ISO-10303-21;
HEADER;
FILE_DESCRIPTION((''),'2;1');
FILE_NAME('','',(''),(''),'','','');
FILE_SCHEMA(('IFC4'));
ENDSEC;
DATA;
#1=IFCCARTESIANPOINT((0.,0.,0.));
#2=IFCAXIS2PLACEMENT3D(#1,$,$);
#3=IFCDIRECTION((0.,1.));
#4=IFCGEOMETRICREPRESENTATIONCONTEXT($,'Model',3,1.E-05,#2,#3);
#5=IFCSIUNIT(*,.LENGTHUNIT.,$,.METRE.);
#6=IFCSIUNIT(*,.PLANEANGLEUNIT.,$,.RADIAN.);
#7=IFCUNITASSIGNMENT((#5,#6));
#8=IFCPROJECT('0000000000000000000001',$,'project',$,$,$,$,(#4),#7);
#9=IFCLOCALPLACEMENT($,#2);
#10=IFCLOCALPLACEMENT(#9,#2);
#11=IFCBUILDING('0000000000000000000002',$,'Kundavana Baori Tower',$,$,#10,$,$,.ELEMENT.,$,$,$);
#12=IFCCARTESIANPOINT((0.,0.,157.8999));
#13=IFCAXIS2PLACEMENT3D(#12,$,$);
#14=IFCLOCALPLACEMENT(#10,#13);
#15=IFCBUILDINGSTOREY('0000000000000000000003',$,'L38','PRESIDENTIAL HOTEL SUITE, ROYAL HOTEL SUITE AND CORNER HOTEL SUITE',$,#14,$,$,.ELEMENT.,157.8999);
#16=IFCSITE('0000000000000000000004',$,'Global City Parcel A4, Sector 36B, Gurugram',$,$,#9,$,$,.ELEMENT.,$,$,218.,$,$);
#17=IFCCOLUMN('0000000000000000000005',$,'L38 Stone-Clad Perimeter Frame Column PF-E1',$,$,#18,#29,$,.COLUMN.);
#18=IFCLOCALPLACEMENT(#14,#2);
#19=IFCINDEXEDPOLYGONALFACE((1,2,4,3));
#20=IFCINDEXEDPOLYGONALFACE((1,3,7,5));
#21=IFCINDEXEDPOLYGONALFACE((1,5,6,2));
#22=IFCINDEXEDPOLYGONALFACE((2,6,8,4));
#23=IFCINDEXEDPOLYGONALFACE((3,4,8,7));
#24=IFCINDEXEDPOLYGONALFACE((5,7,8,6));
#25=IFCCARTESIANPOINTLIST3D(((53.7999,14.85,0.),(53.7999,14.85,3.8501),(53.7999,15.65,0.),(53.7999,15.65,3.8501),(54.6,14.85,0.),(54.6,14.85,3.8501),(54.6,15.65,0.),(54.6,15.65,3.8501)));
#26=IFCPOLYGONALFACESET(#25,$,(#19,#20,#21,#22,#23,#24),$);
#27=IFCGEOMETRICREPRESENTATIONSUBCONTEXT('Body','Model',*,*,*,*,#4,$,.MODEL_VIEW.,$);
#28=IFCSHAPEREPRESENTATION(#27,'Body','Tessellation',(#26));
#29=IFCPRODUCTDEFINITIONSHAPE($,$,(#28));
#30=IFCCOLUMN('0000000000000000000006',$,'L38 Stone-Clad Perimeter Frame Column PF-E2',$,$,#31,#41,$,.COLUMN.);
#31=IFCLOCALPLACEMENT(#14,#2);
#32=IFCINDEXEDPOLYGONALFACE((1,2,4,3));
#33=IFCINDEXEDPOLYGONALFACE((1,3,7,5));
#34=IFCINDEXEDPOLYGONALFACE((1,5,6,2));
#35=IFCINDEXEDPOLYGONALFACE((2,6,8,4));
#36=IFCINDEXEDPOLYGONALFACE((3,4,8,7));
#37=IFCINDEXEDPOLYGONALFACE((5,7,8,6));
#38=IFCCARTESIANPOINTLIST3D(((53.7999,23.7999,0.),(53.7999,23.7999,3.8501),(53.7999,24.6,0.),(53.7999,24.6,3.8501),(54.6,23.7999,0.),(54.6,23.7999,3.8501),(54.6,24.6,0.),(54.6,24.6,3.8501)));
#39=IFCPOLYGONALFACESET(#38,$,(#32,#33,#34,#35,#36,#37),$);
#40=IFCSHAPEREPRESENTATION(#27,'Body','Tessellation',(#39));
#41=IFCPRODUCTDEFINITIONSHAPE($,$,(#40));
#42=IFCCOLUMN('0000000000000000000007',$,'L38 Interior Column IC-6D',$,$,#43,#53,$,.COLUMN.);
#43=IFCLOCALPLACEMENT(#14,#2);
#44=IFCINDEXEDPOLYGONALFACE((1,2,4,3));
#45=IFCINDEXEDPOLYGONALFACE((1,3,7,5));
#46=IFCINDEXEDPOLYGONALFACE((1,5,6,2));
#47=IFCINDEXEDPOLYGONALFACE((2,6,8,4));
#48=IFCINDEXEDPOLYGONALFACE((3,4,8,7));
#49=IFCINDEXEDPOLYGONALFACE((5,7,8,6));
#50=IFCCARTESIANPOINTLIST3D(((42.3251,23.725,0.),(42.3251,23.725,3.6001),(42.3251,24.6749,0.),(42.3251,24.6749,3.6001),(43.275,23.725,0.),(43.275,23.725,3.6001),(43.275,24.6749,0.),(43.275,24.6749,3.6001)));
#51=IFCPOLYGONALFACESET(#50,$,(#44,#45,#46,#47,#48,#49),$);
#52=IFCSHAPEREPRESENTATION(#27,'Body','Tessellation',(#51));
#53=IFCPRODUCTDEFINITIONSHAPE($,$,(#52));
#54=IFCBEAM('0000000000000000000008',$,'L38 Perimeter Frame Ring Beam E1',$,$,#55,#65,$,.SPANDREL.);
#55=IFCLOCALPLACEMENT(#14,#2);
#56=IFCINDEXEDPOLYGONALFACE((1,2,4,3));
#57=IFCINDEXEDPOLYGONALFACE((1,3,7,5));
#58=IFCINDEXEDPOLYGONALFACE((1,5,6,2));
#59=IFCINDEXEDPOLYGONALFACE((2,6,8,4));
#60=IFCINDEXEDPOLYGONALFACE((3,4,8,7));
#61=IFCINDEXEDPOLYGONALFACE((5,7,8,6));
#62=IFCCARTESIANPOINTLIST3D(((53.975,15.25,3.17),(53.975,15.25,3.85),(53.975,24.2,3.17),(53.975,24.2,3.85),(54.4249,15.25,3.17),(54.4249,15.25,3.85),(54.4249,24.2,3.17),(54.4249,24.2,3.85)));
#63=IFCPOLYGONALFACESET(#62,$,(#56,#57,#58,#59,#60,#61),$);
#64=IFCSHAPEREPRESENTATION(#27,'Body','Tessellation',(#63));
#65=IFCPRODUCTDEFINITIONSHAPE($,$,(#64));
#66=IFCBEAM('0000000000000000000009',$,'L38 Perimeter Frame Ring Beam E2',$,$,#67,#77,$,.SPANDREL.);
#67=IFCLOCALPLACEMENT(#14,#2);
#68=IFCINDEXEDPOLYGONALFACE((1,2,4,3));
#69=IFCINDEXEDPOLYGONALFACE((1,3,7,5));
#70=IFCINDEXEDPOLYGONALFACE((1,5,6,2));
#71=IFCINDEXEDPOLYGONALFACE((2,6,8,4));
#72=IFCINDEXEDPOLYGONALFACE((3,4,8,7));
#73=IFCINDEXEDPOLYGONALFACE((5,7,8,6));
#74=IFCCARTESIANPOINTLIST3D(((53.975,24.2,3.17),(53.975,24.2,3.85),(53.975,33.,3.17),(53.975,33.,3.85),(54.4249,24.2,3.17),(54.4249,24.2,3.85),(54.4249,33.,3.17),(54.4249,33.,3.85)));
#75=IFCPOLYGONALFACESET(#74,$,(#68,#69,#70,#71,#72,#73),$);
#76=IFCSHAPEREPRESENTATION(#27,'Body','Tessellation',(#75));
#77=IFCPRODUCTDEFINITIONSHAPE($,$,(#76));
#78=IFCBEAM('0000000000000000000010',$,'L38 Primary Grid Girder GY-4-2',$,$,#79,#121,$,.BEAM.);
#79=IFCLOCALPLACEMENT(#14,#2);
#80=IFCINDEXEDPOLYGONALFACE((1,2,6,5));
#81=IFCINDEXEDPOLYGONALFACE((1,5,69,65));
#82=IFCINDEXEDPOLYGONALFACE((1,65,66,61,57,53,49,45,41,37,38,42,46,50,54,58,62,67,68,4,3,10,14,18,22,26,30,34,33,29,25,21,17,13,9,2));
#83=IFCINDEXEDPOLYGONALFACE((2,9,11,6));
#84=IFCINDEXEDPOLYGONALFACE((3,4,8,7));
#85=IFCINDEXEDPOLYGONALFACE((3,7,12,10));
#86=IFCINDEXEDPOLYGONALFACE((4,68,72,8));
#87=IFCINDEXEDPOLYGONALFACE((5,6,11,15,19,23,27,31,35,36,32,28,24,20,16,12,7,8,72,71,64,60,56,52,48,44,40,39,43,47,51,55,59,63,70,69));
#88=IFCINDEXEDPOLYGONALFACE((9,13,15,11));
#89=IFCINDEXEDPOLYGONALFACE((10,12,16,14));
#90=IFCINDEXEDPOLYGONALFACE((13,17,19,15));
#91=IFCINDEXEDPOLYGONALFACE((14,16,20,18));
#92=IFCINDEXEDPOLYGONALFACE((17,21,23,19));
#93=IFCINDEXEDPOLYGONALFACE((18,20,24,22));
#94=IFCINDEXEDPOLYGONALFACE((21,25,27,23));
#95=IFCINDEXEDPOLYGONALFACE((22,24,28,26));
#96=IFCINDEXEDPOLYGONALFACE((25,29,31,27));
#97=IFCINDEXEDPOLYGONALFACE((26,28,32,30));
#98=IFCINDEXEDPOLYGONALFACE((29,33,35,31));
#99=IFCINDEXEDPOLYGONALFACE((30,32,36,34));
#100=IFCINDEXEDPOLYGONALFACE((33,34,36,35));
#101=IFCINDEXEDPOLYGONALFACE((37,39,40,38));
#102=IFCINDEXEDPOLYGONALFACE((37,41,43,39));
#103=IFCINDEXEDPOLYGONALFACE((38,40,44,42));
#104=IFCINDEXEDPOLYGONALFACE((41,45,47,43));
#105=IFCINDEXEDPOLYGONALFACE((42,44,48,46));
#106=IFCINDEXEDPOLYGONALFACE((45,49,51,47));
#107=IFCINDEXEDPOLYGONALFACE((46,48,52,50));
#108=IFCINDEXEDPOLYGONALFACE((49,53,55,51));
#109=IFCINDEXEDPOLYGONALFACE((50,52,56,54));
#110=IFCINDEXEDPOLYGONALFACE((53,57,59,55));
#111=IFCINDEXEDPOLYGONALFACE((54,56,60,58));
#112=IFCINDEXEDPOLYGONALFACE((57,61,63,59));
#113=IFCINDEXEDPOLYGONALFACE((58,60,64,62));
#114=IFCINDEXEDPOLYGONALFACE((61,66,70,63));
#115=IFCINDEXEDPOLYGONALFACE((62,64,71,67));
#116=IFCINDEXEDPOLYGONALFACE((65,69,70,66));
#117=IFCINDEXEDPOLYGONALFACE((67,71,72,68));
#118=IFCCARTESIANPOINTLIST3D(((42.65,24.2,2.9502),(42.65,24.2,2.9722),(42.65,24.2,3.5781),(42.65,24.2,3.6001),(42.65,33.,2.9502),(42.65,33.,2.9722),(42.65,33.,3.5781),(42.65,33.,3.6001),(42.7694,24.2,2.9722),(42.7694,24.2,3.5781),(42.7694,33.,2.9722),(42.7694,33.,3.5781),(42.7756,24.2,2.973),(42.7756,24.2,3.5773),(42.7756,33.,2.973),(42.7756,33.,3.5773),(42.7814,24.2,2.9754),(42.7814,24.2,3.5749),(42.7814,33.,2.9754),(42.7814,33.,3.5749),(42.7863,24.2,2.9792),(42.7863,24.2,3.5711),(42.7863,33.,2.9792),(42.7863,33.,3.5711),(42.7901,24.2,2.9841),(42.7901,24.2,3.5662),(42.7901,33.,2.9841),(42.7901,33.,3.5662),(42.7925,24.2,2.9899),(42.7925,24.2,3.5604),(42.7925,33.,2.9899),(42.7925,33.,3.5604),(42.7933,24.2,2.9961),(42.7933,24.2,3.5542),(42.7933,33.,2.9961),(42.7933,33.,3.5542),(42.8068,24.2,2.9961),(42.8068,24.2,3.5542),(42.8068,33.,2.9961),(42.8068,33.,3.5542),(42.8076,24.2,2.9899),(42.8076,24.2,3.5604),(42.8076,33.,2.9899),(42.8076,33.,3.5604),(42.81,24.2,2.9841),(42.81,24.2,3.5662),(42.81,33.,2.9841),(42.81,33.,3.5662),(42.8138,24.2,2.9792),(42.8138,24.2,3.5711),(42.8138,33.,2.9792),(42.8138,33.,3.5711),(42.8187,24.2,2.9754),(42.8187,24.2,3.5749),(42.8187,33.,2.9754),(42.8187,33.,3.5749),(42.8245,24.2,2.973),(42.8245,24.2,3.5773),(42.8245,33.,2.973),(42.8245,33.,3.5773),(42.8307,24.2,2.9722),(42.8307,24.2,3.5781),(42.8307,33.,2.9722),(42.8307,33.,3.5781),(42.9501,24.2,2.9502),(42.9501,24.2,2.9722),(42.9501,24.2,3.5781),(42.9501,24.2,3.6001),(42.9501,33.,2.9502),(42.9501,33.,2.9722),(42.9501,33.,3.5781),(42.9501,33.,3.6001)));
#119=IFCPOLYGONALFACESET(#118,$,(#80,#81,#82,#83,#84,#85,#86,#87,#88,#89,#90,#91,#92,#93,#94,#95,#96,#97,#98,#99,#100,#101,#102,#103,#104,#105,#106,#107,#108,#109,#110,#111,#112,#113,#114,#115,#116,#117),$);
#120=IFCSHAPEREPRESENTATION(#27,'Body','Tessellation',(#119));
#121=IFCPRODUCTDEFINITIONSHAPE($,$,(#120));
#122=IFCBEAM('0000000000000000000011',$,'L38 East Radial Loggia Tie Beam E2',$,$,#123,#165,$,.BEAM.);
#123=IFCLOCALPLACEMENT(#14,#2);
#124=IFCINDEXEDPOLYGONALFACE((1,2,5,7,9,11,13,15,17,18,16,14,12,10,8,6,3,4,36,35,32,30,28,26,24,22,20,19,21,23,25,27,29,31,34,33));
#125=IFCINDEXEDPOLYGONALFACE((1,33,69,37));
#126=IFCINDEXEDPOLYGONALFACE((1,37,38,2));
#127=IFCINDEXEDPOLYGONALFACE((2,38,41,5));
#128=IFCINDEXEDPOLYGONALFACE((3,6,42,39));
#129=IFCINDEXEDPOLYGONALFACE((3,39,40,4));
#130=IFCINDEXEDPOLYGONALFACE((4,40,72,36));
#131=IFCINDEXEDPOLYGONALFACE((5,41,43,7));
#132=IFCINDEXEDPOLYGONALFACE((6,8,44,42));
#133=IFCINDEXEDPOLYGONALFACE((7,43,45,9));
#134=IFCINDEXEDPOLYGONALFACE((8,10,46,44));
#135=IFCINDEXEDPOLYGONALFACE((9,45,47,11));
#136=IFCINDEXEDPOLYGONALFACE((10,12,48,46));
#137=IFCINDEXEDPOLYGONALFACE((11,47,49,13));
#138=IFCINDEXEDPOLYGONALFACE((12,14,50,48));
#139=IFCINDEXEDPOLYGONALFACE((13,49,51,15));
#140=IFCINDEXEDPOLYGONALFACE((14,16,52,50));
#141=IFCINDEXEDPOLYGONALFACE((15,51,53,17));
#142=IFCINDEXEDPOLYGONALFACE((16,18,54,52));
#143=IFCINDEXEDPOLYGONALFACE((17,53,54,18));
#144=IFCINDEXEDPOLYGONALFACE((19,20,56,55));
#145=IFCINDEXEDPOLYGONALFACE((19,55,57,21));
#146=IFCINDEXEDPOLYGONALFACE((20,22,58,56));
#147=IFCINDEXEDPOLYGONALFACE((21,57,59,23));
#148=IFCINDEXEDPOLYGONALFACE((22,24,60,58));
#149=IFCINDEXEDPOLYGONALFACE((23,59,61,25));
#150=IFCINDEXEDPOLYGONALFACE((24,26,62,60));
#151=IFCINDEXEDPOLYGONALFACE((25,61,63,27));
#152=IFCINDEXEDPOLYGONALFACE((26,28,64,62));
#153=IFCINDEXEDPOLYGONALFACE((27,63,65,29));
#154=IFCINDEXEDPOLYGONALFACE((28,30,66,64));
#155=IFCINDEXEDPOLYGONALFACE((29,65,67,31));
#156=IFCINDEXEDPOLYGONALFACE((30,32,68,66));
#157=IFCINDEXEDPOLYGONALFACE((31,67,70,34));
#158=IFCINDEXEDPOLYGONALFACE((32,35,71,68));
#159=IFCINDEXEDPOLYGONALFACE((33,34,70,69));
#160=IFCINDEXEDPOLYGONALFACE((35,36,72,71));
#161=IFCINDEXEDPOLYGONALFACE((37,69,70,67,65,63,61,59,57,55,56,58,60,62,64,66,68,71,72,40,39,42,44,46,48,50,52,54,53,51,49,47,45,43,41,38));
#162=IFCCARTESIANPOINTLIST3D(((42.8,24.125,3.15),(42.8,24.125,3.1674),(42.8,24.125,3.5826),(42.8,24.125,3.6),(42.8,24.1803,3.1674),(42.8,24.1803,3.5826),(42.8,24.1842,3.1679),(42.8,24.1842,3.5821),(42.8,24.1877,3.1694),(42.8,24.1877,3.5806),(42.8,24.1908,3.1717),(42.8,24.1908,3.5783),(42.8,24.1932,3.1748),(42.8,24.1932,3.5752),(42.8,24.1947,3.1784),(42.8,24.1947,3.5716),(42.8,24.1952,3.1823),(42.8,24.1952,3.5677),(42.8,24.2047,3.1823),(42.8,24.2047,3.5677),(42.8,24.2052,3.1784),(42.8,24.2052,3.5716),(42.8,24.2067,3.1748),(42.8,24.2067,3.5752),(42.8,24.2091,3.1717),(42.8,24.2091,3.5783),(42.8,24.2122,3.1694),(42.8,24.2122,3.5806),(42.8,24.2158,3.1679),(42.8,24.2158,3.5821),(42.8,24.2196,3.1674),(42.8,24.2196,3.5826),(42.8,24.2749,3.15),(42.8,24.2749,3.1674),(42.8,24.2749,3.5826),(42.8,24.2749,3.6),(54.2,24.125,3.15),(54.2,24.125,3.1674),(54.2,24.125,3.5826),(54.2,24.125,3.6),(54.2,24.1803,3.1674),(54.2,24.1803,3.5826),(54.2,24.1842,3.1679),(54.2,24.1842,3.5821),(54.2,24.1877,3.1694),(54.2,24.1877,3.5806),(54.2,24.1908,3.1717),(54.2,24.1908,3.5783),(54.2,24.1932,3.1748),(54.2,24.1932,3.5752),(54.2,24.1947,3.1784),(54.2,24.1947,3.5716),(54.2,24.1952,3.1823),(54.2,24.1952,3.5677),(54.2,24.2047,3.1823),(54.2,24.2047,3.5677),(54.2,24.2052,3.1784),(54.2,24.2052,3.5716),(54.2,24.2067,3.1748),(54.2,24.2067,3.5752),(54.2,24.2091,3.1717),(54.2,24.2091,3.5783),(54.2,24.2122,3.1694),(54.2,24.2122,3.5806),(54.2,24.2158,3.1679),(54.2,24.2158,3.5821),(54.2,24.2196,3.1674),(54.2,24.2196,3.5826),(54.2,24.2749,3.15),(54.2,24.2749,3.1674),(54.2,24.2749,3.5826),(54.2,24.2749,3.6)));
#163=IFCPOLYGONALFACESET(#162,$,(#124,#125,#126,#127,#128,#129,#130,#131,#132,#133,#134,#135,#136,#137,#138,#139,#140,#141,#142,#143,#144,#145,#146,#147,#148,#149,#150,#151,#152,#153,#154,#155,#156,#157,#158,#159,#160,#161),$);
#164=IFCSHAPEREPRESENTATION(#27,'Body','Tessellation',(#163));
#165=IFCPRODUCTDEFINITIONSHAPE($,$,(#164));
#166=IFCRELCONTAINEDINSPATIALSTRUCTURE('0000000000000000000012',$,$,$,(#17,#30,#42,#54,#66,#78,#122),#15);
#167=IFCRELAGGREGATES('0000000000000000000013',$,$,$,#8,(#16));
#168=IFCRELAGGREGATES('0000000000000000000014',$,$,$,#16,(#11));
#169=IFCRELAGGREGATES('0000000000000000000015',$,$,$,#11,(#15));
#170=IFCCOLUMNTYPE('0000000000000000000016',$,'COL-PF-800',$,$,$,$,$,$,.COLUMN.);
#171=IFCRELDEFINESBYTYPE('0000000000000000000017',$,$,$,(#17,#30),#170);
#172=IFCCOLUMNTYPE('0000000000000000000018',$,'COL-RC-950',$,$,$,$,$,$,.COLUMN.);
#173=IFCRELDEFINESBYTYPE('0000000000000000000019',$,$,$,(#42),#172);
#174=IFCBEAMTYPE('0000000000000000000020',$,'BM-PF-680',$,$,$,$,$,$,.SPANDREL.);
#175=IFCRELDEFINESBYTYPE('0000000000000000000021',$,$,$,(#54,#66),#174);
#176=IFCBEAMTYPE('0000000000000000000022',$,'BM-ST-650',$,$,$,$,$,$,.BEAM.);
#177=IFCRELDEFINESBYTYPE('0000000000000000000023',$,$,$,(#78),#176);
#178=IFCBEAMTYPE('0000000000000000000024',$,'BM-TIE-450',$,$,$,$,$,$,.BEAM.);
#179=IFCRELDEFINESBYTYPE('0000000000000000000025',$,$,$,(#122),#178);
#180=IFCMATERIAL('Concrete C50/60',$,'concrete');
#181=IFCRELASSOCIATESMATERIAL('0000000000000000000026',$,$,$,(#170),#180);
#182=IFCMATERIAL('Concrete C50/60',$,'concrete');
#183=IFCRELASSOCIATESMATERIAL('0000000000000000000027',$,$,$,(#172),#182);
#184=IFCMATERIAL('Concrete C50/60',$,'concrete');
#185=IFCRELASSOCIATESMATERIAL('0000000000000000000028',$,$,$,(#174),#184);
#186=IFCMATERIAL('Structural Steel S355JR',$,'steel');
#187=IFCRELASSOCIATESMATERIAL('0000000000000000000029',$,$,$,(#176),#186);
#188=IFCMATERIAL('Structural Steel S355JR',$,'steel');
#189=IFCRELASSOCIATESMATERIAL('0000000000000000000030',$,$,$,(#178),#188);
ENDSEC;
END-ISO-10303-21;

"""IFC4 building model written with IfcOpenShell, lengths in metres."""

from ifc_helpers import new_model, si_unit, direction, frame, origin, origin_2d, place, context, subcontext, project, spatial, rectangle, i_section, extrude, material, material_profile, profile_set, type_object, element, save


model = new_model("IFC4")

# Units and contexts
model_context = context("Model", 3, precision=1e-05, world=origin(), true_north=direction((0.0, 1.0)))
body_context = subcontext(model_context, "Body", "Model", "MODEL_VIEW")
ifc_project = project(units=[si_unit("LENGTHUNIT", "METRE"), si_unit("PLANEANGLEUNIT", "RADIAN")], contexts=[model_context])

# Site, building, storey
site_placement = place(None, origin())
site = spatial("IfcSite", under=ifc_project, at=site_placement, Name="Global City Parcel A4, Sector 36B, Gurugram", CompositionType="ELEMENT", RefElevation=218.0)
building_placement = place(site_placement, origin())
building = spatial("IfcBuilding", under=site, at=building_placement, Name="Kundavana Baori Tower", CompositionType="ELEMENT")
storey_placement = place(building_placement, frame((0.0, 0.0, 157.8999)))
storey = spatial("IfcBuildingStorey", under=building, at=storey_placement, Name="L38", Description="PRESIDENTIAL HOTEL SUITE, ROYAL HOTEL SUITE AND CORNER HOTEL SUITE", CompositionType="ELEMENT", Elevation=157.8999)

# Columns
ifc_material_1 = material(Name="Concrete C50/60", Category="concrete")
ifc_material_profile_1 = material_profile(ifc_material_1, rectangle(XDim=0.8, YDim=0.8, at=origin_2d()), Name="RC PF 800x800")
ifc_profile_set_1 = profile_set([ifc_material_profile_1], Name="Concrete C50/60")
column_type_1 = type_object("IfcColumnType", Name="COL-PF-800", PredefinedType="COLUMN", material=ifc_profile_set_1)
for number, where, z_axis, x_axis, name in (
    (1, (54.2, 15.25, 0.0), (0.0, 0.0, 1.0), (1.0, 0.0, 0.0), "L38 Stone-Clad Perimeter Frame Column PF-E1"),
    (2, (54.2, 24.2, 0.0), (0.0, 0.0, 1.0), (1.0, 0.0, 0.0), "L38 Stone-Clad Perimeter Frame Column PF-E2"),
):
    element("IfcColumn", number, at=place(storey_placement, frame(where, z_axis=z_axis, x_axis=x_axis)), inside=storey, type_object=column_type_1, Name=name, PredefinedType="COLUMN", context=body_context, shape_type="SweptSolid", body=[
        extrude(rectangle(XDim=0.8, YDim=0.8, at=origin_2d()), origin(), (0.0, 0.0, 1.0), 3.8501),
    ])
ifc_material_2 = material(Name="Concrete C50/60", Category="concrete")
ifc_material_profile_2 = material_profile(ifc_material_2, rectangle(XDim=0.95, YDim=0.95, at=origin_2d()), Name="RC 950x950")
ifc_profile_set_2 = profile_set([ifc_material_profile_2], Name="Concrete C50/60")
column_type_2 = type_object("IfcColumnType", Name="COL-RC-950", PredefinedType="COLUMN", material=ifc_profile_set_2)
column_placement = place(storey_placement, frame((42.8, 24.2, 0.0), z_axis=(0.0, 0.0, 1.0), x_axis=(1.0, 0.0, 0.0)))
element("IfcColumn", 3, at=column_placement, inside=storey, type_object=column_type_2, Name="L38 Interior Column IC-6D", PredefinedType="COLUMN", context=body_context, shape_type="SweptSolid", body=[
    extrude(rectangle(XDim=0.95, YDim=0.95, at=origin_2d()), origin(), (0.0, 0.0, 1.0), 3.6001),
])

# Beams
ifc_material_3 = material(Name="Concrete C50/60", Category="concrete")
ifc_material_profile_3 = material_profile(ifc_material_3, rectangle(XDim=0.45, YDim=0.6799, at=origin_2d()), Name="RC BM 450x680")
ifc_profile_set_3 = profile_set([ifc_material_profile_3], Name="Concrete C50/60")
beam_type_1 = type_object("IfcBeamType", Name="BM-PF-680", PredefinedType="SPANDREL", material=ifc_profile_set_3)
beam_1_placement = place(storey_placement, frame((54.2, 15.25, 3.51), z_axis=(0.0, 1.0, 0.0), x_axis=(-1.0, 0.0, 0.0)))
element("IfcBeam", 4, at=beam_1_placement, inside=storey, type_object=beam_type_1, Name="L38 Perimeter Frame Ring Beam E1", PredefinedType="SPANDREL", context=body_context, shape_type="SweptSolid", body=[
    extrude(rectangle(XDim=0.45, YDim=0.6799, at=origin_2d()), origin(), (0.0, 0.0, 1.0), 8.95),
])
beam_2_placement = place(storey_placement, frame((54.2, 24.2, 3.51), z_axis=(0.0, 1.0, 0.0), x_axis=(-1.0, 0.0, 0.0)))
element("IfcBeam", 5, at=beam_2_placement, inside=storey, type_object=beam_type_1, Name="L38 Perimeter Frame Ring Beam E2", PredefinedType="SPANDREL", context=body_context, shape_type="SweptSolid", body=[
    extrude(rectangle(XDim=0.45, YDim=0.6799, at=origin_2d()), origin(), (0.0, 0.0, 1.0), 8.8),
])
ifc_material_4 = material(Name="Structural Steel S355JR", Category="steel")
ifc_material_profile_4 = material_profile(ifc_material_4, i_section(OverallWidth=0.3, OverallDepth=0.6499, WebThickness=0.0134, FlangeThickness=0.022, FilletRadius=0.0239, at=origin_2d()), Name="NPB 650x300x155")
ifc_profile_set_4 = profile_set([ifc_material_profile_4], Name="Structural Steel S355JR")
beam_type_2 = type_object("IfcBeamType", Name="BM-ST-650", PredefinedType="BEAM", material=ifc_profile_set_4)
beam_3_placement = place(storey_placement, frame((42.8, 24.2, 3.2751), z_axis=(0.0, 1.0, 0.0), x_axis=(-1.0, 0.0, 0.0)))
element("IfcBeam", 6, at=beam_3_placement, inside=storey, type_object=beam_type_2, Name="L38 Primary Grid Girder GY-4-2", PredefinedType="BEAM", context=body_context, shape_type="SweptSolid", body=[
    extrude(i_section(OverallWidth=0.3, OverallDepth=0.6499, WebThickness=0.0134, FlangeThickness=0.022, FilletRadius=0.0239, at=origin_2d()), origin(), (0.0, 0.0, 1.0), 8.8),
])
ifc_material_5 = material(Name="Structural Steel S355JR", Category="steel")
ifc_material_profile_5 = material_profile(ifc_material_5, i_section(OverallWidth=0.1499, OverallDepth=0.45, WebThickness=0.0095, FlangeThickness=0.0173, FilletRadius=0.0149, at=origin_2d()), Name="ISMB 450")
ifc_profile_set_5 = profile_set([ifc_material_profile_5], Name="Structural Steel S355JR")
beam_type_3 = type_object("IfcBeamType", Name="BM-TIE-450", PredefinedType="BEAM", material=ifc_profile_set_5)
beam_4_placement = place(storey_placement, frame((42.8, 24.2, 3.375), z_axis=(1.0, 0.0, 0.0), x_axis=(0.0, 1.0, 0.0)))
element("IfcBeam", 7, at=beam_4_placement, inside=storey, type_object=beam_type_3, Name="L38 East Radial Loggia Tie Beam E2", PredefinedType="BEAM", context=body_context, shape_type="SweptSolid", body=[
    extrude(i_section(OverallWidth=0.1499, OverallDepth=0.45, WebThickness=0.0095, FlangeThickness=0.0173, FilletRadius=0.0149, at=origin_2d()), origin(), (0.0, 0.0, 1.0), 11.3999),
])

save(model, "model.ifc")
